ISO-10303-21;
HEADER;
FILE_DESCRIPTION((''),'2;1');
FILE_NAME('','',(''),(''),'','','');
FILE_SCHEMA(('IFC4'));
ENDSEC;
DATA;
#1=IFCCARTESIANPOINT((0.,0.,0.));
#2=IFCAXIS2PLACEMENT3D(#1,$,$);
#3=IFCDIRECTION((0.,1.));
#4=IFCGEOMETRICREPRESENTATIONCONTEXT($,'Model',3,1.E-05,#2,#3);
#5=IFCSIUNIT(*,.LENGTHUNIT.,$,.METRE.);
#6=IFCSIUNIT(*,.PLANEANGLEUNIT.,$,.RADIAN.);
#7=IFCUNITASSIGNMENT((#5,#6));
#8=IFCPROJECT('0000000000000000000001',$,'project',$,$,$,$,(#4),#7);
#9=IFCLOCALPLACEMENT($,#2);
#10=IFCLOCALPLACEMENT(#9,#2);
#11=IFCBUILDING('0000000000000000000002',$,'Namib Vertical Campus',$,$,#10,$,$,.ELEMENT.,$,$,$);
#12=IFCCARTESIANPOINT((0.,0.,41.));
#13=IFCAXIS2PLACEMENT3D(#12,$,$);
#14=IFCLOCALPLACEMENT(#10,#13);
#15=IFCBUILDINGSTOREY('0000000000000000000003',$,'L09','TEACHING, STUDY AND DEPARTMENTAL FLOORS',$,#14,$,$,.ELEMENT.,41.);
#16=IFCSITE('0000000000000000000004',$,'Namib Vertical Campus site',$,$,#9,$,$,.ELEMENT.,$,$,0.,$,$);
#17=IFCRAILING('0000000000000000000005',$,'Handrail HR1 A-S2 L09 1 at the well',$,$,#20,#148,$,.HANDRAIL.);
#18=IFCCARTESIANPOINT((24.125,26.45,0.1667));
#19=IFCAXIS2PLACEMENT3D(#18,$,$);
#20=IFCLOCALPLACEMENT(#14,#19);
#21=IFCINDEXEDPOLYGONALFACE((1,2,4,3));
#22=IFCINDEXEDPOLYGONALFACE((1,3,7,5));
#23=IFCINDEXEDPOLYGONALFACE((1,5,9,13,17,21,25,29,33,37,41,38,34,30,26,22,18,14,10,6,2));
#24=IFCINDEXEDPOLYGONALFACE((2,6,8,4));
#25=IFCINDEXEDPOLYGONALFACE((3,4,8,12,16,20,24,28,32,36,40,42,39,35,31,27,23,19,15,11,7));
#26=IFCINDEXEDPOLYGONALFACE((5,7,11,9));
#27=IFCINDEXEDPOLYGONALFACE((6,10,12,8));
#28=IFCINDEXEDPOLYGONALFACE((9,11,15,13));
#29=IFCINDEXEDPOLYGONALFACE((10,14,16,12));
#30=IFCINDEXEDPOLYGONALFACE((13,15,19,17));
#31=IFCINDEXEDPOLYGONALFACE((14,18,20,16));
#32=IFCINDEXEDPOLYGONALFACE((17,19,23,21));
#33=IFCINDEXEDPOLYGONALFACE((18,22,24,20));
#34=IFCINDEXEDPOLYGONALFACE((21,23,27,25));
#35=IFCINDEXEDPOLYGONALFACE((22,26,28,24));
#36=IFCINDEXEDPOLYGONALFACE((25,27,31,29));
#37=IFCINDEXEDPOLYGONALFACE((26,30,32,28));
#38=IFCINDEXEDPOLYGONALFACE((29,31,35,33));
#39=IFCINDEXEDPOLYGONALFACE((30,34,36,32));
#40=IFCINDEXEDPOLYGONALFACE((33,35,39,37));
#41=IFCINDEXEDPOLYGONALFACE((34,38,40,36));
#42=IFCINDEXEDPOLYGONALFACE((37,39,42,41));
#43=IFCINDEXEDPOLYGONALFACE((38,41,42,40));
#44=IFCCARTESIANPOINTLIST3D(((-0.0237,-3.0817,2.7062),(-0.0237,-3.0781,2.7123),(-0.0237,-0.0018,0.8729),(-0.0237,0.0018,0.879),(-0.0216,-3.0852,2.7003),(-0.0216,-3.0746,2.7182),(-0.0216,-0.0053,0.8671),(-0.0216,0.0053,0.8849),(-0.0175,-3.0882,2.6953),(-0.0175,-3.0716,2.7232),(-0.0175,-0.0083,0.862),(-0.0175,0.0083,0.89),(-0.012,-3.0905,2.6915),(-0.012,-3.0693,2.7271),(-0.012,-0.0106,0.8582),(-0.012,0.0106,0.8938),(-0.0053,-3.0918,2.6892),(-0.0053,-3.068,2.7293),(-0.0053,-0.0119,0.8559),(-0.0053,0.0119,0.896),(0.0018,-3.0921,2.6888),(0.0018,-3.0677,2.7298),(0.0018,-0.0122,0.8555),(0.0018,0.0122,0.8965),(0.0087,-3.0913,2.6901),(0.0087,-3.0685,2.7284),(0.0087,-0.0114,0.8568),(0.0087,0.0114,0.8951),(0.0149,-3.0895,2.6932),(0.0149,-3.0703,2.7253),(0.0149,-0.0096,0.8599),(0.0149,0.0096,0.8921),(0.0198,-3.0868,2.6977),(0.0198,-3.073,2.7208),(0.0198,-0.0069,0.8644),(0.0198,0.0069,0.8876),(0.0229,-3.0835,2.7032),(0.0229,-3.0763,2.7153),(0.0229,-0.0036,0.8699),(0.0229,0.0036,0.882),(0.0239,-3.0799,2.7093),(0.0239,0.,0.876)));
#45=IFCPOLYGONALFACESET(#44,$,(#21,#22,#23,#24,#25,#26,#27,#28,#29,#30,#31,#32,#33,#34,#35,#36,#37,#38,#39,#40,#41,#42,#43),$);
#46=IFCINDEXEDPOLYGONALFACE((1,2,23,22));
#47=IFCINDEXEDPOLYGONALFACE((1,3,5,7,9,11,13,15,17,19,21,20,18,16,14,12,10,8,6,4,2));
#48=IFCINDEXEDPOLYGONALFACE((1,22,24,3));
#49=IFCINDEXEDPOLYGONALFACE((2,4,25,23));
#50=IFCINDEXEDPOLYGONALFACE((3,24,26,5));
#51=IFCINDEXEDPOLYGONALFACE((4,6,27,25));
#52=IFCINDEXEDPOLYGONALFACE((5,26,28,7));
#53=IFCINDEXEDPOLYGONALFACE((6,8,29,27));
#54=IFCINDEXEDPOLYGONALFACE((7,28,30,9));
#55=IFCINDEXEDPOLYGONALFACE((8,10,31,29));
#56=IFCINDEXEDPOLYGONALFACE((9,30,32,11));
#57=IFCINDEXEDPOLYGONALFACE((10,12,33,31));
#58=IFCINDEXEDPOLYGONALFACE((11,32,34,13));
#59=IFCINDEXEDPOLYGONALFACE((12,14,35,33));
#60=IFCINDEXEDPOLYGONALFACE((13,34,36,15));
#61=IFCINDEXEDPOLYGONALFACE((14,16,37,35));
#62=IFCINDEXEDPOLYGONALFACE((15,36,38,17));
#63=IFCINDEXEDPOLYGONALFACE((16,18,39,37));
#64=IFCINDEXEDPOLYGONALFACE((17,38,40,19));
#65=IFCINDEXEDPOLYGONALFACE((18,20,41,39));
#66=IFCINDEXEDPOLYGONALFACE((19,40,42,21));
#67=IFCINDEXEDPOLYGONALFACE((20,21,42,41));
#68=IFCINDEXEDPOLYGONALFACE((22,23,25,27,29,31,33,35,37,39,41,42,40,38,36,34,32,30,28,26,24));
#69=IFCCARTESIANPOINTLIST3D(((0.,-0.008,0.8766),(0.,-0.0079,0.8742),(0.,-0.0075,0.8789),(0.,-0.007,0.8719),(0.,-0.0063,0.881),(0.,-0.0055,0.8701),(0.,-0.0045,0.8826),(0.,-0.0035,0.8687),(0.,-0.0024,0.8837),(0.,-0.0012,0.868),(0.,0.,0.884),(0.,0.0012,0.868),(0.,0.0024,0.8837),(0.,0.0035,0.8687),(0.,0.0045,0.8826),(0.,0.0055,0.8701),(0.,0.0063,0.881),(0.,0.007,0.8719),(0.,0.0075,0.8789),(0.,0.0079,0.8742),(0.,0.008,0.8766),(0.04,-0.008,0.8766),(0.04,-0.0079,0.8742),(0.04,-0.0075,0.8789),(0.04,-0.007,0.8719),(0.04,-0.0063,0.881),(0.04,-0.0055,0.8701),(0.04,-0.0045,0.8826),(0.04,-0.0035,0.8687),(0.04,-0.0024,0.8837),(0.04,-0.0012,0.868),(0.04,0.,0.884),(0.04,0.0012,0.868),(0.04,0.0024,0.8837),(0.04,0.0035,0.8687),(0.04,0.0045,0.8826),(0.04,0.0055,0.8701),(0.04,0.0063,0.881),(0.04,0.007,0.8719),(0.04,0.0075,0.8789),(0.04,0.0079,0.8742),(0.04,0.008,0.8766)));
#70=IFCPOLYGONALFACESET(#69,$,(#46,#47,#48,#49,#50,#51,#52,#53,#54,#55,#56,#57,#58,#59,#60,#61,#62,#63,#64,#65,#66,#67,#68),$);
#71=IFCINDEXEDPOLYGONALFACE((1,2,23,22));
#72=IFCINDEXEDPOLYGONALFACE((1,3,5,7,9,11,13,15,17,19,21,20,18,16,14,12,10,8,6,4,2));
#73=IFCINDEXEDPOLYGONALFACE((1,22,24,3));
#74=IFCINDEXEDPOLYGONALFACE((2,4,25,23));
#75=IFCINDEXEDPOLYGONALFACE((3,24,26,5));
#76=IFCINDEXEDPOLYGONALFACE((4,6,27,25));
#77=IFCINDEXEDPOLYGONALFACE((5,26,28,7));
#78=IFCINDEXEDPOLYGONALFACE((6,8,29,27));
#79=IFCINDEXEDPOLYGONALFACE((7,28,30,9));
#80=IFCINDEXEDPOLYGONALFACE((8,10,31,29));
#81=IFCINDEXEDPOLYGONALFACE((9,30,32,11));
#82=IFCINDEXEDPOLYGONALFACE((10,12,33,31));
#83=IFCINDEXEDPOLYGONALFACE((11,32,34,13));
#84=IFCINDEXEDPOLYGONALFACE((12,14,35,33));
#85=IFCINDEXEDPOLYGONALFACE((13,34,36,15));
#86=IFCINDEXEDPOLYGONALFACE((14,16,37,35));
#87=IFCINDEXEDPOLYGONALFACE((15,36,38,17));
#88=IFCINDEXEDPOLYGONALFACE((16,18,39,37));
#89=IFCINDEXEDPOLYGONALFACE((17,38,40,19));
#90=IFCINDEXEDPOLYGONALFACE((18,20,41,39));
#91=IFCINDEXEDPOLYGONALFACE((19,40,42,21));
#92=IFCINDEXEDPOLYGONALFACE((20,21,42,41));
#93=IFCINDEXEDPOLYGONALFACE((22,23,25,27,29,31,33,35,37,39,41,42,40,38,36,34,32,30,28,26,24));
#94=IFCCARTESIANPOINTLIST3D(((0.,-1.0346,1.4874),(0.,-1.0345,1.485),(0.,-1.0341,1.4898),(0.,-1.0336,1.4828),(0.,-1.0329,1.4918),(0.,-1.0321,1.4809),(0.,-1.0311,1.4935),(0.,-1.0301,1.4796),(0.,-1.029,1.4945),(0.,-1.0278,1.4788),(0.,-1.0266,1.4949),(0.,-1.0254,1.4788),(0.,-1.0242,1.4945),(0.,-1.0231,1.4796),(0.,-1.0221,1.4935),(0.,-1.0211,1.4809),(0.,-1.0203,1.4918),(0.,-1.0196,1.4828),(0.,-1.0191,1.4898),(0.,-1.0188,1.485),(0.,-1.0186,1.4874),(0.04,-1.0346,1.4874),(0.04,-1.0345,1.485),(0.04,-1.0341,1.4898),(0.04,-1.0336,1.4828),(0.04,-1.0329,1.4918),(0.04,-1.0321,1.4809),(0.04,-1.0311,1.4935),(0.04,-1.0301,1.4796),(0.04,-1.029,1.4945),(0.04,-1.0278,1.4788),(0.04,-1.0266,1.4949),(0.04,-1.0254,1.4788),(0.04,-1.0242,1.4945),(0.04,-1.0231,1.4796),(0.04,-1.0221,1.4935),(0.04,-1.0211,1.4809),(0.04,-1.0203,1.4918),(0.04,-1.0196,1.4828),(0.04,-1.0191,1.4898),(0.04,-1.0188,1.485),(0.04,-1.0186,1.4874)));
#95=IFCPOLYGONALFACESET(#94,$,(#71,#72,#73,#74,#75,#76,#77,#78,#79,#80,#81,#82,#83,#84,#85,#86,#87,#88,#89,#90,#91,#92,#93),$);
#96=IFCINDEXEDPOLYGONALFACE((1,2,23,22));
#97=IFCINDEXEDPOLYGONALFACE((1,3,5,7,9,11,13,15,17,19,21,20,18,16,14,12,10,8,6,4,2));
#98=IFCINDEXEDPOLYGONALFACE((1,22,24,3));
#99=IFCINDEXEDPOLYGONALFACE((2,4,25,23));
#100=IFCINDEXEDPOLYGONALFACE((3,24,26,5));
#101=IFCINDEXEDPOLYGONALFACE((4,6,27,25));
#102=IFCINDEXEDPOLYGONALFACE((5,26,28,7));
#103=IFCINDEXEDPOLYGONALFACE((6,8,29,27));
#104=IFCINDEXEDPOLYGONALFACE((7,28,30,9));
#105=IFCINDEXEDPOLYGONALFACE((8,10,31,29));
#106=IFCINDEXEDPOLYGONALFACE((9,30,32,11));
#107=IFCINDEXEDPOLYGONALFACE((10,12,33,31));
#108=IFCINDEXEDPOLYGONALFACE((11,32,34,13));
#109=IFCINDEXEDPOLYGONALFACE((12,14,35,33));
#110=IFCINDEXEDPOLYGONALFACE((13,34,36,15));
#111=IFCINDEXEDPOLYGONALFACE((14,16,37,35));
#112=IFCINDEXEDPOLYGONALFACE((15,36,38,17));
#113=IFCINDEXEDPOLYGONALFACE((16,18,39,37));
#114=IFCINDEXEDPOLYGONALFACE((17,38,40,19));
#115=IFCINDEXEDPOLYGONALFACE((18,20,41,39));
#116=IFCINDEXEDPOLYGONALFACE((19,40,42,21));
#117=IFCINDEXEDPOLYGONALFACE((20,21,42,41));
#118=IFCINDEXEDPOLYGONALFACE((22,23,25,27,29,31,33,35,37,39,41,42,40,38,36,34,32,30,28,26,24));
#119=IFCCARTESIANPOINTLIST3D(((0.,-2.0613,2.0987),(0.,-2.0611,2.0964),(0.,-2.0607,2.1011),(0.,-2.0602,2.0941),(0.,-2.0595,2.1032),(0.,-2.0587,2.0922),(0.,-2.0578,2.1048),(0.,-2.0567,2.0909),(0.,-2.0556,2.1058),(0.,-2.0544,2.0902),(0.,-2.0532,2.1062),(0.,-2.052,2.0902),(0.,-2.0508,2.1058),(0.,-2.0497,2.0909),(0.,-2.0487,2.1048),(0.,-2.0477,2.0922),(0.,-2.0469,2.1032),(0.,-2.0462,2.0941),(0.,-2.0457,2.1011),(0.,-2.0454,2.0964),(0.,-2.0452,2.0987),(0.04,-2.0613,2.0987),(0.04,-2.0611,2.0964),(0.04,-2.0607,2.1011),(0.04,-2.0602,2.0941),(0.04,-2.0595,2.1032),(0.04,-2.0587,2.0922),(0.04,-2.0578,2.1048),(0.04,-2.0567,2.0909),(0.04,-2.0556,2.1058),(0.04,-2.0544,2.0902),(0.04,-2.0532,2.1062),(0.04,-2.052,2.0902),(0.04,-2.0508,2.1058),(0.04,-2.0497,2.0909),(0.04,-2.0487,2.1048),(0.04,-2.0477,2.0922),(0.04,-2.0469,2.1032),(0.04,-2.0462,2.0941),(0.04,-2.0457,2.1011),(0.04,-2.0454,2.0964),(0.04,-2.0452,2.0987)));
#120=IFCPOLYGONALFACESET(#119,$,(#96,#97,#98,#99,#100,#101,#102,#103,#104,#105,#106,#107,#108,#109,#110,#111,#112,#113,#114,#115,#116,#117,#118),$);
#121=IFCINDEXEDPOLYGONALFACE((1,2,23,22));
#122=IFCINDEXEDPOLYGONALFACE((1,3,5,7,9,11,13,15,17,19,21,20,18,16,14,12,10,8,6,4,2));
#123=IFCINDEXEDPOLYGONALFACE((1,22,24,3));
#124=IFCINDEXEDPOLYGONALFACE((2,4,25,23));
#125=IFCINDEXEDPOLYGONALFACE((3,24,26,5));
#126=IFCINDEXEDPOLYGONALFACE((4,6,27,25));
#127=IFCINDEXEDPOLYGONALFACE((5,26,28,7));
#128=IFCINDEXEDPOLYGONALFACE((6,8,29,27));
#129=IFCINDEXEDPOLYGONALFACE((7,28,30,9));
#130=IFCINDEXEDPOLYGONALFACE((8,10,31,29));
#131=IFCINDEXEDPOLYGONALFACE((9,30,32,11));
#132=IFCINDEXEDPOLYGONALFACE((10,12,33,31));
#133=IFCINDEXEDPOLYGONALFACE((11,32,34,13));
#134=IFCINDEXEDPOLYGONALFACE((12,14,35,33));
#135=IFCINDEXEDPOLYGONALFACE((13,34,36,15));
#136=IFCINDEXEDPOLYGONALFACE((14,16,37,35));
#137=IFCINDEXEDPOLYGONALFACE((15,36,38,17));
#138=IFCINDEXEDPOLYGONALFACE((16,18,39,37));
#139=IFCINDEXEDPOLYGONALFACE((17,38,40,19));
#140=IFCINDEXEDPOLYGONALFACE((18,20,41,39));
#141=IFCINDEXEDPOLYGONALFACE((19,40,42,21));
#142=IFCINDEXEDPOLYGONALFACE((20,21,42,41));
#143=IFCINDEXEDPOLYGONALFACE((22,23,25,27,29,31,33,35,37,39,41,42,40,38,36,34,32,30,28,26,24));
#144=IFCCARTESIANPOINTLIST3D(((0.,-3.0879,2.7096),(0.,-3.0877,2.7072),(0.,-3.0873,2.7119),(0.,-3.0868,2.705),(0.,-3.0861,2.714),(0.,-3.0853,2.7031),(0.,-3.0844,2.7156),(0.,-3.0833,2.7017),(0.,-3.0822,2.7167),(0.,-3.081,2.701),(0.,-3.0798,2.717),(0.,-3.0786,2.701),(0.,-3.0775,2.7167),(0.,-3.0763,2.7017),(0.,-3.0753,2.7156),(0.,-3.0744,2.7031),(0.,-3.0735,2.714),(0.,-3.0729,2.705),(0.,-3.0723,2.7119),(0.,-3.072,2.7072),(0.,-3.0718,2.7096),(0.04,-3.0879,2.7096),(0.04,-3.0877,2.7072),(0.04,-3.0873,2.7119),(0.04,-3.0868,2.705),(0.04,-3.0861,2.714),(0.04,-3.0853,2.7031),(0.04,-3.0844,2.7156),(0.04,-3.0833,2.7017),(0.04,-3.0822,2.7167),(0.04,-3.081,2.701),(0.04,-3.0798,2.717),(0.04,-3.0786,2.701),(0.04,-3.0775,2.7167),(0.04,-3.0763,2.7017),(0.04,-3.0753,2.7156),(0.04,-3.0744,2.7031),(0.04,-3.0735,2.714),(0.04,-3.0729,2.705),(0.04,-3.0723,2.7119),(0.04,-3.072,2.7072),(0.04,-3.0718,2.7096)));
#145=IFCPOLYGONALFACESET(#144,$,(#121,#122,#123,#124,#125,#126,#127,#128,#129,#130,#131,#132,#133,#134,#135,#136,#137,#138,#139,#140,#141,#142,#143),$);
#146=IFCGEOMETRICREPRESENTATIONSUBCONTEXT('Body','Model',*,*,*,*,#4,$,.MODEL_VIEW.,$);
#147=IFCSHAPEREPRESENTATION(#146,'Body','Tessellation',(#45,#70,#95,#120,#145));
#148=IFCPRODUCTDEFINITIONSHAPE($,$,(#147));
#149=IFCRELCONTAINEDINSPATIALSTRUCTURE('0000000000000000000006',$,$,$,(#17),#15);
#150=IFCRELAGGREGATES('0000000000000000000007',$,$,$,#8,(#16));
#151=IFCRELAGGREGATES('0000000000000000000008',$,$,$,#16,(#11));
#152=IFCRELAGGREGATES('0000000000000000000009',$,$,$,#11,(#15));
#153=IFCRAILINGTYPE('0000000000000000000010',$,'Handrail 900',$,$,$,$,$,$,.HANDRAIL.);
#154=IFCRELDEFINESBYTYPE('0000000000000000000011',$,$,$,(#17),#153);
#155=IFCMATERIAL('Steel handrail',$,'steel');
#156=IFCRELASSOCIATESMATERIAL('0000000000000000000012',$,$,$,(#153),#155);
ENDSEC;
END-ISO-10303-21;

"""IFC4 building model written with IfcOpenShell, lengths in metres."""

from ifc_helpers import new_model, si_unit, direction, frame, origin, origin_2d, place, context, subcontext, project, spatial, circle, extrude, material, type_object, element, save


model = new_model("IFC4")

# Units and contexts
model_context = context("Model", 3, precision=1e-05, world=origin(), true_north=direction((0.0, 1.0)))
body_context = subcontext(model_context, "Body", "Model", "MODEL_VIEW")
ifc_project = project(units=[si_unit("LENGTHUNIT", "METRE"), si_unit("PLANEANGLEUNIT", "RADIAN")], contexts=[model_context])

# Site, building, storey
site_placement = place(None, origin())
site = spatial("IfcSite", under=ifc_project, at=site_placement, Name="Namib Vertical Campus site", CompositionType="ELEMENT", RefElevation=0.0)
building_placement = place(site_placement, origin())
building = spatial("IfcBuilding", under=site, at=building_placement, Name="Namib Vertical Campus", CompositionType="ELEMENT")
storey_placement = place(building_placement, frame((0.0, 0.0, 41.0)))
storey = spatial("IfcBuildingStorey", under=building, at=storey_placement, Name="L09", Description="TEACHING, STUDY AND DEPARTMENTAL FLOORS", CompositionType="ELEMENT", Elevation=41.0)

# Railing
ifc_material_1 = material(Name="Steel handrail", Category="steel")
railing_type_1 = type_object("IfcRailingType", Name="Handrail 900", PredefinedType="HANDRAIL", material=ifc_material_1)
railing_1_placement = place(storey_placement, frame((24.125, 26.45, 0.1667)))
element("IfcRailing", 1, at=railing_1_placement, inside=storey, type_object=railing_type_1, Name="Handrail HR1 A-S2 L09 1 at the well", PredefinedType="HANDRAIL", context=body_context, shape_type="SweptSolid", body=[
    extrude(circle(Radius=0.0239, at=origin_2d()), frame((0.0, 0.0, 0.876), z_axis=(0.0, -0.859291, 0.511487), x_axis=(1.0, 0.0, 0.0)), (0.0, 0.0, 1.0), 3.5842),
    extrude(circle(Radius=0.0081, at=origin_2d()), frame((0.0, 0.0, 0.876), z_axis=(1.0, 0.0, 0.0), x_axis=(0.0, 0.0, 1.0)), (0.0, 0.0, 1.0), 0.04),
    extrude(circle(Radius=0.0081, at=origin_2d()), frame((0.0, -1.0266, 1.4868), z_axis=(1.0, 0.0, 0.0), x_axis=(0.0, 0.0, 1.0)), (0.0, 0.0, 1.0), 0.04),
    extrude(circle(Radius=0.0081, at=origin_2d()), frame((0.0, -2.0532, 2.0981), z_axis=(1.0, 0.0, 0.0), x_axis=(0.0, 0.0, 1.0)), (0.0, 0.0, 1.0), 0.04),
    extrude(circle(Radius=0.0081, at=origin_2d()), frame((0.0, -3.0798, 2.709), z_axis=(1.0, 0.0, 0.0), x_axis=(0.0, 0.0, 1.0)), (0.0, 0.0, 1.0), 0.04),
])

save(model, "model.ifc")
